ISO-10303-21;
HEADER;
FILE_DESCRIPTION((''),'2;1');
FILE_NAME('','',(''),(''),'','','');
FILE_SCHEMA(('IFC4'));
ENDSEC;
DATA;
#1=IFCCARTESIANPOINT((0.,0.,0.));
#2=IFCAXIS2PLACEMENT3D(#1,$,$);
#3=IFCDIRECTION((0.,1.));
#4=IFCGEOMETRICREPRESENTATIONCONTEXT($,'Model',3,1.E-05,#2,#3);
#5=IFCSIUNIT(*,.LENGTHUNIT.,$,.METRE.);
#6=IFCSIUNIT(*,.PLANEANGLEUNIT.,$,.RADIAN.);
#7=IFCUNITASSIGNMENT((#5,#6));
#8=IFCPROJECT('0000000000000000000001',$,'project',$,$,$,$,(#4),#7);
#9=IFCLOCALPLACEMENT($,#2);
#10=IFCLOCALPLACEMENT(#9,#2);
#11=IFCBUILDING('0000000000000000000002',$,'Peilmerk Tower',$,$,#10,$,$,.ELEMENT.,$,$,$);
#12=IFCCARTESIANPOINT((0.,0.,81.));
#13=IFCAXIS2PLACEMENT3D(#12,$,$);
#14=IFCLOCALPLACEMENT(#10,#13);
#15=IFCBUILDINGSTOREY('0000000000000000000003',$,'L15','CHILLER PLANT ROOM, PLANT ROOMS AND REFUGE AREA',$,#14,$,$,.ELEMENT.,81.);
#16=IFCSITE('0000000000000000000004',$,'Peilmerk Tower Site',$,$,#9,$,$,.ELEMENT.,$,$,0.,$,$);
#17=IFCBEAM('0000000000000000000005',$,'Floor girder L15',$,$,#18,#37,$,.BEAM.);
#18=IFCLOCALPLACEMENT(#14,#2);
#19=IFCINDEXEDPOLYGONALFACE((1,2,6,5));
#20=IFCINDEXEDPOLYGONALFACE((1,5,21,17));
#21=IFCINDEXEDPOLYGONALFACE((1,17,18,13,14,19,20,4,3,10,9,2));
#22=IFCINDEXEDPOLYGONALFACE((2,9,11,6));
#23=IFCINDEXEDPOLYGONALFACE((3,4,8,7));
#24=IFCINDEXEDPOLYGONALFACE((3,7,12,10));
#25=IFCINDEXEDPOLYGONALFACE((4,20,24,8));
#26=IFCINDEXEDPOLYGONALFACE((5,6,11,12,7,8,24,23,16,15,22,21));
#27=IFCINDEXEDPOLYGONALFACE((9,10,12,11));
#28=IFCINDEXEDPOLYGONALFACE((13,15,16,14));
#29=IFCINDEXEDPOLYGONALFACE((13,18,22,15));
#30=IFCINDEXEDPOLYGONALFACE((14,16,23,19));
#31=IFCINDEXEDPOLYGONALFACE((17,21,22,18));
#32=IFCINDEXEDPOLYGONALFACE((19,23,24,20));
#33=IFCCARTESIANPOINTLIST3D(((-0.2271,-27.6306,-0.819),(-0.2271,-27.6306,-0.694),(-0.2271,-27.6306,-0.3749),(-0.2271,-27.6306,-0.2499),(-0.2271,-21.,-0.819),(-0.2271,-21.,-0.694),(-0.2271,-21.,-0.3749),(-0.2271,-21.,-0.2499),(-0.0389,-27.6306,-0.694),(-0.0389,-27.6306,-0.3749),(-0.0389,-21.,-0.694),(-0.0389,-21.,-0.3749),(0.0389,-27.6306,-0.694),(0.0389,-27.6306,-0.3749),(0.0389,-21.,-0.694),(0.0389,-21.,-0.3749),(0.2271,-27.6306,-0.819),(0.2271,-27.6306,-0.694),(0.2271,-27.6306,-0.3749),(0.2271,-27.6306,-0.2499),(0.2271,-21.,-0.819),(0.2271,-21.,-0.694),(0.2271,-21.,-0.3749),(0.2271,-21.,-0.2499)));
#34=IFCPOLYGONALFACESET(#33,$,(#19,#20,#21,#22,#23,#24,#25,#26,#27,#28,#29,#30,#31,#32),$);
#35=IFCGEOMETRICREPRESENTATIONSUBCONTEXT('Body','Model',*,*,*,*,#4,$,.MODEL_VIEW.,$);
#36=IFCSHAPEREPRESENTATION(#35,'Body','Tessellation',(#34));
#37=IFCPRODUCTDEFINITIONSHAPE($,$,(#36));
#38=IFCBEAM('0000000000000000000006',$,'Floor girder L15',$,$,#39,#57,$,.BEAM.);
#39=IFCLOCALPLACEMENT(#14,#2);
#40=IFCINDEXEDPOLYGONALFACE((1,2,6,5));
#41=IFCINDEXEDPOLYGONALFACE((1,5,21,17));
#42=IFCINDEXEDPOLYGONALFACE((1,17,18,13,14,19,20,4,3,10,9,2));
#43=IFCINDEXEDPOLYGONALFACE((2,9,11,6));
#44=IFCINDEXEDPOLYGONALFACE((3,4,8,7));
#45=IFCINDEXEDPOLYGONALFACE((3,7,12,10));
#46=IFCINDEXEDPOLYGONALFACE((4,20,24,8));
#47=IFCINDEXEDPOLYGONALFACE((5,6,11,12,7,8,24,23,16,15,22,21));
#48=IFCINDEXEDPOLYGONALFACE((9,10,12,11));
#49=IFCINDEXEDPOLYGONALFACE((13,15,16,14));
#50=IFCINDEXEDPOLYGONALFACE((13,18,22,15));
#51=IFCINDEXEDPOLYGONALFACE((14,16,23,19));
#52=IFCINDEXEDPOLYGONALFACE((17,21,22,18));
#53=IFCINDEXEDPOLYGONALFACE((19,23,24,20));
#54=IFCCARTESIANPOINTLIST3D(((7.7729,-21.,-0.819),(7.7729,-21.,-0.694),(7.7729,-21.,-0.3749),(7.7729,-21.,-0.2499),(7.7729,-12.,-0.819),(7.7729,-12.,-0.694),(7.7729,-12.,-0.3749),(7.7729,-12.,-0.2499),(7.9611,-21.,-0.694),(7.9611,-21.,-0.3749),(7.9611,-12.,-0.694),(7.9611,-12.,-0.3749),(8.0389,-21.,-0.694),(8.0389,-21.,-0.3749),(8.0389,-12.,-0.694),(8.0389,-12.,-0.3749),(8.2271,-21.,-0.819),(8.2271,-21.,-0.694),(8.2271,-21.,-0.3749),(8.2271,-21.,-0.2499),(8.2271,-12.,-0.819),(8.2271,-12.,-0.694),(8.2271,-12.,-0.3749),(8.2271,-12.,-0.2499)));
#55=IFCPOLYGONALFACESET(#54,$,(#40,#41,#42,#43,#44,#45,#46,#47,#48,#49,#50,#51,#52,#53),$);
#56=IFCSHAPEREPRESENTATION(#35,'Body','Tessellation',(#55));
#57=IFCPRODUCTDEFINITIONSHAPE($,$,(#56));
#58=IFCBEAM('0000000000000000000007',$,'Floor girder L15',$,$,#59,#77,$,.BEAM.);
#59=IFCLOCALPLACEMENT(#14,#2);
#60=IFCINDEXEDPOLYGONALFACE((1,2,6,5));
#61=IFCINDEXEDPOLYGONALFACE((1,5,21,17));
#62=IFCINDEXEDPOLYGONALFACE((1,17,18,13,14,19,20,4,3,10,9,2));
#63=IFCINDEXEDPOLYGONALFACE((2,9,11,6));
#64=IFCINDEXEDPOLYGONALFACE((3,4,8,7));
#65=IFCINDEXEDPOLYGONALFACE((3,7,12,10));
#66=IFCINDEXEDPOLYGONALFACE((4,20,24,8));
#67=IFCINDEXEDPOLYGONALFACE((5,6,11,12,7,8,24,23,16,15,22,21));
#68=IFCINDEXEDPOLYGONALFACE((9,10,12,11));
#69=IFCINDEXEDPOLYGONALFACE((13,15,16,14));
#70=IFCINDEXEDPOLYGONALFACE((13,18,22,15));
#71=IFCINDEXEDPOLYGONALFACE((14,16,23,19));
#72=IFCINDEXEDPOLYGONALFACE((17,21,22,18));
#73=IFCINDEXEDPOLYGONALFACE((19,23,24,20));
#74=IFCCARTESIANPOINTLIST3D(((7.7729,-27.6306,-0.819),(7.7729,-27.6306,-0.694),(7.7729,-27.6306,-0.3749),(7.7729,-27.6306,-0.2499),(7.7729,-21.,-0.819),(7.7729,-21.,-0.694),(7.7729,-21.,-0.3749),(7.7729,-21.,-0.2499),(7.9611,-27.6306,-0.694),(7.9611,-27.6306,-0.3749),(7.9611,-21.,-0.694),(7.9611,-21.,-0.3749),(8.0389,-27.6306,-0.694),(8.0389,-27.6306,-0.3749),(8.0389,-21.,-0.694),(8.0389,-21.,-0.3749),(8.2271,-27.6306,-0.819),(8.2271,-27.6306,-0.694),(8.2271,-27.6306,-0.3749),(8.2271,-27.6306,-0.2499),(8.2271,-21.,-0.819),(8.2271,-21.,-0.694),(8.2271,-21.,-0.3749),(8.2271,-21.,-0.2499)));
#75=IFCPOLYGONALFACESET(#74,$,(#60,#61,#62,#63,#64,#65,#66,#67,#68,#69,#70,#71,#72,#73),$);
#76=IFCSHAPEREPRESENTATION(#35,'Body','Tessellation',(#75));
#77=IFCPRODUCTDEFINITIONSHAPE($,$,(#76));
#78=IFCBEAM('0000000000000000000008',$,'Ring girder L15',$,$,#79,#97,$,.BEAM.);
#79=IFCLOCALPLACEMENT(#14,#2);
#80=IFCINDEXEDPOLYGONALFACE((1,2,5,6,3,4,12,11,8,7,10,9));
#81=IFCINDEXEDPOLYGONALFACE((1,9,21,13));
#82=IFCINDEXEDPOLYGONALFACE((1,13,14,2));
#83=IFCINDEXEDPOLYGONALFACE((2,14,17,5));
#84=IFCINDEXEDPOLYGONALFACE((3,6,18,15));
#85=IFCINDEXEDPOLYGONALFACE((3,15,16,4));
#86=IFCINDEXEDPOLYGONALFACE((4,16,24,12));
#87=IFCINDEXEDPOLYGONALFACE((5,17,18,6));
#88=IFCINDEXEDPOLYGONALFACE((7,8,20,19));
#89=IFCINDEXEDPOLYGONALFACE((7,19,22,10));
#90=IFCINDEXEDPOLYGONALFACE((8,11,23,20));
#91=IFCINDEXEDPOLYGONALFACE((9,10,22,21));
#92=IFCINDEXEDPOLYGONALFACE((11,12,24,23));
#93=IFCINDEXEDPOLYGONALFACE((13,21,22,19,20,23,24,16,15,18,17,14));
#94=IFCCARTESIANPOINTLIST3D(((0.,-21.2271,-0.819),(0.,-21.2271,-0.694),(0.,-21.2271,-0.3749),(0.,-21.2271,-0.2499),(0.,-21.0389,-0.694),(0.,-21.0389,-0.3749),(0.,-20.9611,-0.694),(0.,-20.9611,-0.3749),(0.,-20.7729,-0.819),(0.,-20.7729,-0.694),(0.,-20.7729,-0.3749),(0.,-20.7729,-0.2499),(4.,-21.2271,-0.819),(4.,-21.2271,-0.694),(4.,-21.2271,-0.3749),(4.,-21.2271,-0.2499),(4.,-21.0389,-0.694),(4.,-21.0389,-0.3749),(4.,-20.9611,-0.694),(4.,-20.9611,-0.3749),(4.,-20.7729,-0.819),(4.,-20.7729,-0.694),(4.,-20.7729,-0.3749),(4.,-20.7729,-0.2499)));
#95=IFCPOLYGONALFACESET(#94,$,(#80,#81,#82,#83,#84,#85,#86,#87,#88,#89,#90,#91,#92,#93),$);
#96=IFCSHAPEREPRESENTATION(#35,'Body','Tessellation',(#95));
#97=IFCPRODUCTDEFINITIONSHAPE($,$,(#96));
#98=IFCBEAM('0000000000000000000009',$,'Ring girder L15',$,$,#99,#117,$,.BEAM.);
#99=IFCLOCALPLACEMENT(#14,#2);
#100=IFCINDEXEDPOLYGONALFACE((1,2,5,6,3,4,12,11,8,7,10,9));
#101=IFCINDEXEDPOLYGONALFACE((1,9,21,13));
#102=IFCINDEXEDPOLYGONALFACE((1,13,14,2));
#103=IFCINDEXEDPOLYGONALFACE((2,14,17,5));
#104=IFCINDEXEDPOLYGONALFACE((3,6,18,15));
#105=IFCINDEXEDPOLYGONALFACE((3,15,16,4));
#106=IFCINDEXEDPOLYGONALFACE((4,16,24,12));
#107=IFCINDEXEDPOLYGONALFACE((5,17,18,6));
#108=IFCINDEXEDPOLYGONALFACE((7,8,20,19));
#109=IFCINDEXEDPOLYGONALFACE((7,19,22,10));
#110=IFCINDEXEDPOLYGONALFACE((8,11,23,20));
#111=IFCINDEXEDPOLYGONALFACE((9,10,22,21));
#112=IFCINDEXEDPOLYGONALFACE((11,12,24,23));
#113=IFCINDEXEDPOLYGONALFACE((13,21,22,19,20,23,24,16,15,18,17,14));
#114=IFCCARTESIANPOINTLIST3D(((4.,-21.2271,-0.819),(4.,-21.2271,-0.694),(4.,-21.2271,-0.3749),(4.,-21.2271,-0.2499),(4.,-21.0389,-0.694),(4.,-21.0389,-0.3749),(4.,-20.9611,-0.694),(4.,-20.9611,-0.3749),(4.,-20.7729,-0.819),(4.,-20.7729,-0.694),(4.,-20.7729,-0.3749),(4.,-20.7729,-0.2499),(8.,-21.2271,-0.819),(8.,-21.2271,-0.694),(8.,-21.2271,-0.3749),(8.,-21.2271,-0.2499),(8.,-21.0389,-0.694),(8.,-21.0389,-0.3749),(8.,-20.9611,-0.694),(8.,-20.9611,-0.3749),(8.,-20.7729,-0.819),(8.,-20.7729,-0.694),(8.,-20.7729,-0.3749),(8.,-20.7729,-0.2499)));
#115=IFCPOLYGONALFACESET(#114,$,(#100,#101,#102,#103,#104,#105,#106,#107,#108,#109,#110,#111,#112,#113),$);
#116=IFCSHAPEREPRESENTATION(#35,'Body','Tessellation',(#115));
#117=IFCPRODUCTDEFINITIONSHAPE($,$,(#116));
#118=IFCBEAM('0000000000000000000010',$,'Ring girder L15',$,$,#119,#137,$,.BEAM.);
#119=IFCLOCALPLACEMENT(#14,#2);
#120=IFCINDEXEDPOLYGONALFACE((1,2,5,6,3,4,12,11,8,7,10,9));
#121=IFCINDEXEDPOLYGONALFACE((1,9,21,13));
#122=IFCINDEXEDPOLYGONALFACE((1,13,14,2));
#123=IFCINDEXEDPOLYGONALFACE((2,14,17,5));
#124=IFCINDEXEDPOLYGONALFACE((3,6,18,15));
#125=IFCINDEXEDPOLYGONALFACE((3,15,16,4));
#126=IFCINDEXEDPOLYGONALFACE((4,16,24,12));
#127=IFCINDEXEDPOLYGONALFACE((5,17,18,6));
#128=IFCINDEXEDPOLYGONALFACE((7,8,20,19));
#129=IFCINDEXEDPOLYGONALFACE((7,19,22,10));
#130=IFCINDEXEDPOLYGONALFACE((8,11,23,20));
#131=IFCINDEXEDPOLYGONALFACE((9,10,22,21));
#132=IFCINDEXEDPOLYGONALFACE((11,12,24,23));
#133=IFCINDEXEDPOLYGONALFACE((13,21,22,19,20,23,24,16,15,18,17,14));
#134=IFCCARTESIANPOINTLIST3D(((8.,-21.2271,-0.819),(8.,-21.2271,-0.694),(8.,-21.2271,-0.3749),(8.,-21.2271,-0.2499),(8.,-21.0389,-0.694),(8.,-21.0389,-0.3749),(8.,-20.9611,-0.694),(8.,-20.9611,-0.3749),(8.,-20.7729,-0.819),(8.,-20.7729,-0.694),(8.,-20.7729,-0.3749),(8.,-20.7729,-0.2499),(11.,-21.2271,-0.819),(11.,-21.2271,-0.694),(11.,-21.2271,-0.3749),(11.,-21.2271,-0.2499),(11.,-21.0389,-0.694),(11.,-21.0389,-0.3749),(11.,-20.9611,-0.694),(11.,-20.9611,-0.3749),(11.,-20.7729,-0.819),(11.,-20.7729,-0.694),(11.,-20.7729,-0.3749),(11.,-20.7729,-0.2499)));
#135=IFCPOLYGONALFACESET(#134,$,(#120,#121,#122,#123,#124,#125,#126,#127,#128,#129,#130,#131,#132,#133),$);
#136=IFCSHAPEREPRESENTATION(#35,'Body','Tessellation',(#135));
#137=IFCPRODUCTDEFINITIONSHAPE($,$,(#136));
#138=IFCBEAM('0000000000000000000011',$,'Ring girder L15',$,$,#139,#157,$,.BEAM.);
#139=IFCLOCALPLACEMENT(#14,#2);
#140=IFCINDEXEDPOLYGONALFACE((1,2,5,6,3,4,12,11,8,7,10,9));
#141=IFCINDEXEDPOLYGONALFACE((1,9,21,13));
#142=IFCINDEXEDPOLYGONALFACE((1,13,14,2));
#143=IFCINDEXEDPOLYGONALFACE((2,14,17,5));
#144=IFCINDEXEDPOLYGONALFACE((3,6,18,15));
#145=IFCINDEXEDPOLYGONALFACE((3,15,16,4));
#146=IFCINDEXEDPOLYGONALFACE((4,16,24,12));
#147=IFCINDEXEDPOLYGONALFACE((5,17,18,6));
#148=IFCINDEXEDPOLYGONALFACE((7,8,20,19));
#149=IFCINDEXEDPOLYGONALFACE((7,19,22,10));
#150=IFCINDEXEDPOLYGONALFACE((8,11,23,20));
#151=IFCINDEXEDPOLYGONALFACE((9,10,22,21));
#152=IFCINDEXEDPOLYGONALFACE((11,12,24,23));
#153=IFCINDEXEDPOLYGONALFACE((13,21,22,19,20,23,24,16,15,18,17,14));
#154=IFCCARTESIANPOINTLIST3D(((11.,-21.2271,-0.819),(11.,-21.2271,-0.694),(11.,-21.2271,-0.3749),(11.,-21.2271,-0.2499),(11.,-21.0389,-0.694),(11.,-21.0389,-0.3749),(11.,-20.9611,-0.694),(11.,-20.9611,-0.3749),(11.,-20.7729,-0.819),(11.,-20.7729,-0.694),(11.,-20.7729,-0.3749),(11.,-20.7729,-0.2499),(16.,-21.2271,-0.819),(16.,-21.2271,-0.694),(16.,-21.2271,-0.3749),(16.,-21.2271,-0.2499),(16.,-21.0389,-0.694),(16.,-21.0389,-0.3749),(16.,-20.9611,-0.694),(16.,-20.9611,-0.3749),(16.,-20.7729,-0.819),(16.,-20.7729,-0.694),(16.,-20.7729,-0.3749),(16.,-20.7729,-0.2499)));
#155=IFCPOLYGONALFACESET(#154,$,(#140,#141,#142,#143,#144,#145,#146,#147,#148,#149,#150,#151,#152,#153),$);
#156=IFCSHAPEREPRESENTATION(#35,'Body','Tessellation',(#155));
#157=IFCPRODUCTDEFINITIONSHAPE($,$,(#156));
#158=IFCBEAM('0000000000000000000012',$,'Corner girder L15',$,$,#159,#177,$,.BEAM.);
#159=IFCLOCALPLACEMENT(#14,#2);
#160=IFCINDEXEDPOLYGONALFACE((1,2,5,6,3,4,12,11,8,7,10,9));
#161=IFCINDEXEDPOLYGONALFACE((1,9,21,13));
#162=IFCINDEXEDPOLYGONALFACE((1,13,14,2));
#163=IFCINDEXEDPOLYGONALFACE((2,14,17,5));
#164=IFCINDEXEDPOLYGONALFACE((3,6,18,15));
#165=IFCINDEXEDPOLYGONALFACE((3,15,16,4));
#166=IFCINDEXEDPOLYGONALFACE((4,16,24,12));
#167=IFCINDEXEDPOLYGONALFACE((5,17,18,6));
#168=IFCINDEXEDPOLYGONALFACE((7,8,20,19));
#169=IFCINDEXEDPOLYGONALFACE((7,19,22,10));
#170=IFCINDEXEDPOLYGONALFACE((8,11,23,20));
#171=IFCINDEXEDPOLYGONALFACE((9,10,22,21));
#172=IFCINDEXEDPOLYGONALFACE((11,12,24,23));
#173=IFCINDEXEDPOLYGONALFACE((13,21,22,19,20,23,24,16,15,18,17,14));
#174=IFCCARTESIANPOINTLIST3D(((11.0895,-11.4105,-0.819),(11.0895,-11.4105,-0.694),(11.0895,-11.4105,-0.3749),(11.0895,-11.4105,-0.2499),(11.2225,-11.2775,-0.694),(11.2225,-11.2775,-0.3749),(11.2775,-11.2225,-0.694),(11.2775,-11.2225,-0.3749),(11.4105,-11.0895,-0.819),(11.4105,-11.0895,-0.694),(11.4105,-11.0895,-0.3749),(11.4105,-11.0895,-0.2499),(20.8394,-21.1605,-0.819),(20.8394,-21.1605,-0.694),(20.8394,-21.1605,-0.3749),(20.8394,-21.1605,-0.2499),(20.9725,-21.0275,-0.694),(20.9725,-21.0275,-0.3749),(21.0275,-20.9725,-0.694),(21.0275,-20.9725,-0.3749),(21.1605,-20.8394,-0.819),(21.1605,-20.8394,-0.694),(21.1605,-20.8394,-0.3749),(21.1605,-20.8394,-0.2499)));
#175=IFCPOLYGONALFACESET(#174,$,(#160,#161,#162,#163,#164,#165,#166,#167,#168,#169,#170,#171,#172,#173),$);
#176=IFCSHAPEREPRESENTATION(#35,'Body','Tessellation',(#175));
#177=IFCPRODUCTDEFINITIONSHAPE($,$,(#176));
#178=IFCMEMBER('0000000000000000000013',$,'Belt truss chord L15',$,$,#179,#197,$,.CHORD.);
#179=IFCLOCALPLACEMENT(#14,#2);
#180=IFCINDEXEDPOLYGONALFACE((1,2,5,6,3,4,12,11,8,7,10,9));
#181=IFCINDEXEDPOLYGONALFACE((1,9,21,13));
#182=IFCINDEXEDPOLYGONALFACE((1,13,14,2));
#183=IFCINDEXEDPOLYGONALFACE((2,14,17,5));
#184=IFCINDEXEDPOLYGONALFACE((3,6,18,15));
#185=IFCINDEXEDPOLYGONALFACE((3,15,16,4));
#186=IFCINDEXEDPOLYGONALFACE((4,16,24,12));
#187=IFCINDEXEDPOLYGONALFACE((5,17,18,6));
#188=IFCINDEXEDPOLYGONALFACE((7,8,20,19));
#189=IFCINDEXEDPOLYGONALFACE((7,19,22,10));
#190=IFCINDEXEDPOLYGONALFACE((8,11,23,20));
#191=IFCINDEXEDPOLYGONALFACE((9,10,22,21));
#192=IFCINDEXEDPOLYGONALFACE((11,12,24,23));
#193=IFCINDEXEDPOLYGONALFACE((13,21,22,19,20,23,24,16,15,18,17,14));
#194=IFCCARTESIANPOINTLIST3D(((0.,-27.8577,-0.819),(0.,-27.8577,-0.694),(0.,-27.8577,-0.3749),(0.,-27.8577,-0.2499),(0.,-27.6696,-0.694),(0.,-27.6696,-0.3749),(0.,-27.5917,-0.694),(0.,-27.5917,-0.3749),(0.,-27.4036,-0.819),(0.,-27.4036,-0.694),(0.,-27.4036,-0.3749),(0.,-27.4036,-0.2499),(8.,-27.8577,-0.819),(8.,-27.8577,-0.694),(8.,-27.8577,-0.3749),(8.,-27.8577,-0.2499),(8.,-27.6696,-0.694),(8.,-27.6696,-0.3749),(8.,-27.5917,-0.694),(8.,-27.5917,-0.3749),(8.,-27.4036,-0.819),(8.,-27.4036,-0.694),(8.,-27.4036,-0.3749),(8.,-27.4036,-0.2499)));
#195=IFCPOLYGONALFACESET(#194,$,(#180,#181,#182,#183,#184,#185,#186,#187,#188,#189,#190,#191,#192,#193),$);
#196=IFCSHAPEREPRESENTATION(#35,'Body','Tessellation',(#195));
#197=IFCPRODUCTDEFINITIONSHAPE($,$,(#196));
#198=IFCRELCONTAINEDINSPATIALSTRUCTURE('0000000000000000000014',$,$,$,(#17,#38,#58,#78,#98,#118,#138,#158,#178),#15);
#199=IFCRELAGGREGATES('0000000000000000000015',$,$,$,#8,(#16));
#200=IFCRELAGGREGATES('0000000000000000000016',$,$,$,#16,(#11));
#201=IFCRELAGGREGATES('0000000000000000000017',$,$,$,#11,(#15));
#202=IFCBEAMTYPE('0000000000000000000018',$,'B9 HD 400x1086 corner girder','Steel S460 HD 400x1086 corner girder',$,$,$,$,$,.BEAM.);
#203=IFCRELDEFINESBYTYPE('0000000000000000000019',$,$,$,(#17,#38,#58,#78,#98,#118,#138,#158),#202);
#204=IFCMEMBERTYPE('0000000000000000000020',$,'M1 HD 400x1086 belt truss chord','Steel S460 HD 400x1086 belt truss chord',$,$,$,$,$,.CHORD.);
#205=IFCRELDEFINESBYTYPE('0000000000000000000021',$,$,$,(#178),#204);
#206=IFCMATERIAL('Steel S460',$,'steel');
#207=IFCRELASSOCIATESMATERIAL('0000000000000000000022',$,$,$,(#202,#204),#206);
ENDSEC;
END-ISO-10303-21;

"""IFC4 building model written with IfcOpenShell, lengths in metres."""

from ifc_helpers import new_model, si_unit, direction, frame, origin, origin_2d, place, context, subcontext, project, spatial, i_section, extrude, material, material_profile, profile_set, type_object, element, save


model = new_model("IFC4")

# Units and contexts
model_context = context("Model", 3, precision=1e-05, world=origin(), true_north=direction((0.0, 1.0)))
body_context = subcontext(model_context, "Body", "Model", "MODEL_VIEW")
ifc_project = project(units=[si_unit("LENGTHUNIT", "METRE"), si_unit("PLANEANGLEUNIT", "RADIAN")], contexts=[model_context])

# Site, building, storey
site_placement = place(None, origin())
site = spatial("IfcSite", under=ifc_project, at=site_placement, Name="Peilmerk Tower Site", CompositionType="ELEMENT", RefElevation=0.0)
building_placement = place(site_placement, origin())
building = spatial("IfcBuilding", under=site, at=building_placement, Name="Peilmerk Tower", CompositionType="ELEMENT")
storey_placement = place(building_placement, frame((0.0, 0.0, 81.0)))
storey = spatial("IfcBuildingStorey", under=building, at=storey_placement, Name="L15", Description="CHILLER PLANT ROOM, PLANT ROOMS AND REFUGE AREA", CompositionType="ELEMENT", Elevation=81.0)

# Shared definitions
ifc_material_1 = material(Name="Steel S460", Category="steel")

# Beams
ifc_material_profile_1 = material_profile(ifc_material_1, i_section(OverallWidth=0.4541, OverallDepth=0.5691, WebThickness=0.0779, FlangeThickness=0.125, at=origin_2d()), Name="HD 400x1086")
ifc_profile_set_1 = profile_set([ifc_material_profile_1], Name="Steel S460")
beam_type_1 = type_object("IfcBeamType", Name="B9 HD 400x1086 corner girder", Description="Steel S460 HD 400x1086 corner girder", PredefinedType="BEAM", material=ifc_profile_set_1)
beam_1_placement = place(storey_placement, frame((0.0, -21.0, -0.5344), z_axis=(0.0, -1.0, 0.0), x_axis=(1.0, 0.0, 0.0)))
element("IfcBeam", 1, at=beam_1_placement, inside=storey, type_object=beam_type_1, Name="Floor girder L15", PredefinedType="BEAM", context=body_context, shape_type="SweptSolid", body=[
    extrude(i_section(OverallWidth=0.4541, OverallDepth=0.5691, WebThickness=0.0779, FlangeThickness=0.125, at=origin_2d()), origin(), (0.0, 0.0, 1.0), 6.6306),
])
beam_2_placement = place(storey_placement, frame((8.0, -12.0, -0.5344), z_axis=(0.0, -1.0, 0.0), x_axis=(1.0, 0.0, 0.0)))
element("IfcBeam", 2, at=beam_2_placement, inside=storey, type_object=beam_type_1, Name="Floor girder L15", PredefinedType="BEAM", context=body_context, shape_type="SweptSolid", body=[
    extrude(i_section(OverallWidth=0.4541, OverallDepth=0.5691, WebThickness=0.0779, FlangeThickness=0.125, at=origin_2d()), origin(), (0.0, 0.0, 1.0), 9.0),
])
beam_3_placement = place(storey_placement, frame((8.0, -21.0, -0.5344), z_axis=(0.0, -1.0, 0.0), x_axis=(1.0, 0.0, 0.0)))
element("IfcBeam", 3, at=beam_3_placement, inside=storey, type_object=beam_type_1, Name="Floor girder L15", PredefinedType="BEAM", context=body_context, shape_type="SweptSolid", body=[
    extrude(i_section(OverallWidth=0.4541, OverallDepth=0.5691, WebThickness=0.0779, FlangeThickness=0.125, at=origin_2d()), origin(), (0.0, 0.0, 1.0), 6.6306),
])
for number, where, z_axis, x_axis, name in (
    (4, (0.0, -21.0, -0.5344), (1.0, 0.0, 0.0), (0.0, 1.0, 0.0), "Ring girder L15"),
    (5, (4.0, -21.0, -0.5344), (1.0, 0.0, 0.0), (0.0, 1.0, 0.0), "Ring girder L15"),
):
    element("IfcBeam", number, at=place(storey_placement, frame(where, z_axis=z_axis, x_axis=x_axis)), inside=storey, type_object=beam_type_1, Name=name, PredefinedType="BEAM", context=body_context, shape_type="SweptSolid", body=[
        extrude(i_section(OverallWidth=0.4541, OverallDepth=0.5691, WebThickness=0.0779, FlangeThickness=0.125, at=origin_2d()), origin(), (0.0, 0.0, 1.0), 4.0),
    ])
beam_4_placement = place(storey_placement, frame((8.0, -21.0, -0.5344), z_axis=(1.0, 0.0, 0.0), x_axis=(0.0, 1.0, 0.0)))
element("IfcBeam", 6, at=beam_4_placement, inside=storey, type_object=beam_type_1, Name="Ring girder L15", PredefinedType="BEAM", context=body_context, shape_type="SweptSolid", body=[
    extrude(i_section(OverallWidth=0.4541, OverallDepth=0.5691, WebThickness=0.0779, FlangeThickness=0.125, at=origin_2d()), origin(), (0.0, 0.0, 1.0), 3.0),
])
beam_5_placement = place(storey_placement, frame((11.0, -21.0, -0.5344), z_axis=(1.0, 0.0, 0.0), x_axis=(0.0, 1.0, 0.0)))
element("IfcBeam", 7, at=beam_5_placement, inside=storey, type_object=beam_type_1, Name="Ring girder L15", PredefinedType="BEAM", context=body_context, shape_type="SweptSolid", body=[
    extrude(i_section(OverallWidth=0.4541, OverallDepth=0.5691, WebThickness=0.0779, FlangeThickness=0.125, at=origin_2d()), origin(), (0.0, 0.0, 1.0), 5.0),
])
beam_6_placement = place(storey_placement, frame((11.25, -11.25, -0.5344), z_axis=(0.707107, -0.707107, 0.0), x_axis=(0.707107, 0.707107, 0.0)))
element("IfcBeam", 8, at=beam_6_placement, inside=storey, type_object=beam_type_1, Name="Corner girder L15", PredefinedType="BEAM", context=body_context, shape_type="SweptSolid", body=[
    extrude(i_section(OverallWidth=0.4541, OverallDepth=0.5691, WebThickness=0.0779, FlangeThickness=0.125, at=origin_2d()), origin(), (0.0, 0.0, 1.0), 13.7886),
])

# Member
ifc_material_profile_2 = material_profile(ifc_material_1, i_section(OverallWidth=0.4541, OverallDepth=0.5691, WebThickness=0.0779, FlangeThickness=0.125, at=origin_2d()), Name="HD 400x1086")
ifc_profile_set_2 = profile_set([ifc_material_profile_2], Name="Steel S460")
member_type_1 = type_object("IfcMemberType", Name="M1 HD 400x1086 belt truss chord", Description="Steel S460 HD 400x1086 belt truss chord", PredefinedType="CHORD", material=ifc_profile_set_2)
for number, where, z_axis, x_axis, name in (
    (9, (0.0, -27.6306, -0.5344), (1.0, 0.0, 0.0), (0.0, 1.0, 0.0), "Belt truss chord L15"),
):
    element("IfcMember", number, at=place(storey_placement, frame(where, z_axis=z_axis, x_axis=x_axis)), inside=storey, type_object=member_type_1, Name=name, PredefinedType="CHORD", context=body_context, shape_type="SweptSolid", body=[
        extrude(i_section(OverallWidth=0.4541, OverallDepth=0.5691, WebThickness=0.0779, FlangeThickness=0.125, at=origin_2d()), origin(), (0.0, 0.0, 1.0), 8.0),
    ])

save(model, "model.ifc")
